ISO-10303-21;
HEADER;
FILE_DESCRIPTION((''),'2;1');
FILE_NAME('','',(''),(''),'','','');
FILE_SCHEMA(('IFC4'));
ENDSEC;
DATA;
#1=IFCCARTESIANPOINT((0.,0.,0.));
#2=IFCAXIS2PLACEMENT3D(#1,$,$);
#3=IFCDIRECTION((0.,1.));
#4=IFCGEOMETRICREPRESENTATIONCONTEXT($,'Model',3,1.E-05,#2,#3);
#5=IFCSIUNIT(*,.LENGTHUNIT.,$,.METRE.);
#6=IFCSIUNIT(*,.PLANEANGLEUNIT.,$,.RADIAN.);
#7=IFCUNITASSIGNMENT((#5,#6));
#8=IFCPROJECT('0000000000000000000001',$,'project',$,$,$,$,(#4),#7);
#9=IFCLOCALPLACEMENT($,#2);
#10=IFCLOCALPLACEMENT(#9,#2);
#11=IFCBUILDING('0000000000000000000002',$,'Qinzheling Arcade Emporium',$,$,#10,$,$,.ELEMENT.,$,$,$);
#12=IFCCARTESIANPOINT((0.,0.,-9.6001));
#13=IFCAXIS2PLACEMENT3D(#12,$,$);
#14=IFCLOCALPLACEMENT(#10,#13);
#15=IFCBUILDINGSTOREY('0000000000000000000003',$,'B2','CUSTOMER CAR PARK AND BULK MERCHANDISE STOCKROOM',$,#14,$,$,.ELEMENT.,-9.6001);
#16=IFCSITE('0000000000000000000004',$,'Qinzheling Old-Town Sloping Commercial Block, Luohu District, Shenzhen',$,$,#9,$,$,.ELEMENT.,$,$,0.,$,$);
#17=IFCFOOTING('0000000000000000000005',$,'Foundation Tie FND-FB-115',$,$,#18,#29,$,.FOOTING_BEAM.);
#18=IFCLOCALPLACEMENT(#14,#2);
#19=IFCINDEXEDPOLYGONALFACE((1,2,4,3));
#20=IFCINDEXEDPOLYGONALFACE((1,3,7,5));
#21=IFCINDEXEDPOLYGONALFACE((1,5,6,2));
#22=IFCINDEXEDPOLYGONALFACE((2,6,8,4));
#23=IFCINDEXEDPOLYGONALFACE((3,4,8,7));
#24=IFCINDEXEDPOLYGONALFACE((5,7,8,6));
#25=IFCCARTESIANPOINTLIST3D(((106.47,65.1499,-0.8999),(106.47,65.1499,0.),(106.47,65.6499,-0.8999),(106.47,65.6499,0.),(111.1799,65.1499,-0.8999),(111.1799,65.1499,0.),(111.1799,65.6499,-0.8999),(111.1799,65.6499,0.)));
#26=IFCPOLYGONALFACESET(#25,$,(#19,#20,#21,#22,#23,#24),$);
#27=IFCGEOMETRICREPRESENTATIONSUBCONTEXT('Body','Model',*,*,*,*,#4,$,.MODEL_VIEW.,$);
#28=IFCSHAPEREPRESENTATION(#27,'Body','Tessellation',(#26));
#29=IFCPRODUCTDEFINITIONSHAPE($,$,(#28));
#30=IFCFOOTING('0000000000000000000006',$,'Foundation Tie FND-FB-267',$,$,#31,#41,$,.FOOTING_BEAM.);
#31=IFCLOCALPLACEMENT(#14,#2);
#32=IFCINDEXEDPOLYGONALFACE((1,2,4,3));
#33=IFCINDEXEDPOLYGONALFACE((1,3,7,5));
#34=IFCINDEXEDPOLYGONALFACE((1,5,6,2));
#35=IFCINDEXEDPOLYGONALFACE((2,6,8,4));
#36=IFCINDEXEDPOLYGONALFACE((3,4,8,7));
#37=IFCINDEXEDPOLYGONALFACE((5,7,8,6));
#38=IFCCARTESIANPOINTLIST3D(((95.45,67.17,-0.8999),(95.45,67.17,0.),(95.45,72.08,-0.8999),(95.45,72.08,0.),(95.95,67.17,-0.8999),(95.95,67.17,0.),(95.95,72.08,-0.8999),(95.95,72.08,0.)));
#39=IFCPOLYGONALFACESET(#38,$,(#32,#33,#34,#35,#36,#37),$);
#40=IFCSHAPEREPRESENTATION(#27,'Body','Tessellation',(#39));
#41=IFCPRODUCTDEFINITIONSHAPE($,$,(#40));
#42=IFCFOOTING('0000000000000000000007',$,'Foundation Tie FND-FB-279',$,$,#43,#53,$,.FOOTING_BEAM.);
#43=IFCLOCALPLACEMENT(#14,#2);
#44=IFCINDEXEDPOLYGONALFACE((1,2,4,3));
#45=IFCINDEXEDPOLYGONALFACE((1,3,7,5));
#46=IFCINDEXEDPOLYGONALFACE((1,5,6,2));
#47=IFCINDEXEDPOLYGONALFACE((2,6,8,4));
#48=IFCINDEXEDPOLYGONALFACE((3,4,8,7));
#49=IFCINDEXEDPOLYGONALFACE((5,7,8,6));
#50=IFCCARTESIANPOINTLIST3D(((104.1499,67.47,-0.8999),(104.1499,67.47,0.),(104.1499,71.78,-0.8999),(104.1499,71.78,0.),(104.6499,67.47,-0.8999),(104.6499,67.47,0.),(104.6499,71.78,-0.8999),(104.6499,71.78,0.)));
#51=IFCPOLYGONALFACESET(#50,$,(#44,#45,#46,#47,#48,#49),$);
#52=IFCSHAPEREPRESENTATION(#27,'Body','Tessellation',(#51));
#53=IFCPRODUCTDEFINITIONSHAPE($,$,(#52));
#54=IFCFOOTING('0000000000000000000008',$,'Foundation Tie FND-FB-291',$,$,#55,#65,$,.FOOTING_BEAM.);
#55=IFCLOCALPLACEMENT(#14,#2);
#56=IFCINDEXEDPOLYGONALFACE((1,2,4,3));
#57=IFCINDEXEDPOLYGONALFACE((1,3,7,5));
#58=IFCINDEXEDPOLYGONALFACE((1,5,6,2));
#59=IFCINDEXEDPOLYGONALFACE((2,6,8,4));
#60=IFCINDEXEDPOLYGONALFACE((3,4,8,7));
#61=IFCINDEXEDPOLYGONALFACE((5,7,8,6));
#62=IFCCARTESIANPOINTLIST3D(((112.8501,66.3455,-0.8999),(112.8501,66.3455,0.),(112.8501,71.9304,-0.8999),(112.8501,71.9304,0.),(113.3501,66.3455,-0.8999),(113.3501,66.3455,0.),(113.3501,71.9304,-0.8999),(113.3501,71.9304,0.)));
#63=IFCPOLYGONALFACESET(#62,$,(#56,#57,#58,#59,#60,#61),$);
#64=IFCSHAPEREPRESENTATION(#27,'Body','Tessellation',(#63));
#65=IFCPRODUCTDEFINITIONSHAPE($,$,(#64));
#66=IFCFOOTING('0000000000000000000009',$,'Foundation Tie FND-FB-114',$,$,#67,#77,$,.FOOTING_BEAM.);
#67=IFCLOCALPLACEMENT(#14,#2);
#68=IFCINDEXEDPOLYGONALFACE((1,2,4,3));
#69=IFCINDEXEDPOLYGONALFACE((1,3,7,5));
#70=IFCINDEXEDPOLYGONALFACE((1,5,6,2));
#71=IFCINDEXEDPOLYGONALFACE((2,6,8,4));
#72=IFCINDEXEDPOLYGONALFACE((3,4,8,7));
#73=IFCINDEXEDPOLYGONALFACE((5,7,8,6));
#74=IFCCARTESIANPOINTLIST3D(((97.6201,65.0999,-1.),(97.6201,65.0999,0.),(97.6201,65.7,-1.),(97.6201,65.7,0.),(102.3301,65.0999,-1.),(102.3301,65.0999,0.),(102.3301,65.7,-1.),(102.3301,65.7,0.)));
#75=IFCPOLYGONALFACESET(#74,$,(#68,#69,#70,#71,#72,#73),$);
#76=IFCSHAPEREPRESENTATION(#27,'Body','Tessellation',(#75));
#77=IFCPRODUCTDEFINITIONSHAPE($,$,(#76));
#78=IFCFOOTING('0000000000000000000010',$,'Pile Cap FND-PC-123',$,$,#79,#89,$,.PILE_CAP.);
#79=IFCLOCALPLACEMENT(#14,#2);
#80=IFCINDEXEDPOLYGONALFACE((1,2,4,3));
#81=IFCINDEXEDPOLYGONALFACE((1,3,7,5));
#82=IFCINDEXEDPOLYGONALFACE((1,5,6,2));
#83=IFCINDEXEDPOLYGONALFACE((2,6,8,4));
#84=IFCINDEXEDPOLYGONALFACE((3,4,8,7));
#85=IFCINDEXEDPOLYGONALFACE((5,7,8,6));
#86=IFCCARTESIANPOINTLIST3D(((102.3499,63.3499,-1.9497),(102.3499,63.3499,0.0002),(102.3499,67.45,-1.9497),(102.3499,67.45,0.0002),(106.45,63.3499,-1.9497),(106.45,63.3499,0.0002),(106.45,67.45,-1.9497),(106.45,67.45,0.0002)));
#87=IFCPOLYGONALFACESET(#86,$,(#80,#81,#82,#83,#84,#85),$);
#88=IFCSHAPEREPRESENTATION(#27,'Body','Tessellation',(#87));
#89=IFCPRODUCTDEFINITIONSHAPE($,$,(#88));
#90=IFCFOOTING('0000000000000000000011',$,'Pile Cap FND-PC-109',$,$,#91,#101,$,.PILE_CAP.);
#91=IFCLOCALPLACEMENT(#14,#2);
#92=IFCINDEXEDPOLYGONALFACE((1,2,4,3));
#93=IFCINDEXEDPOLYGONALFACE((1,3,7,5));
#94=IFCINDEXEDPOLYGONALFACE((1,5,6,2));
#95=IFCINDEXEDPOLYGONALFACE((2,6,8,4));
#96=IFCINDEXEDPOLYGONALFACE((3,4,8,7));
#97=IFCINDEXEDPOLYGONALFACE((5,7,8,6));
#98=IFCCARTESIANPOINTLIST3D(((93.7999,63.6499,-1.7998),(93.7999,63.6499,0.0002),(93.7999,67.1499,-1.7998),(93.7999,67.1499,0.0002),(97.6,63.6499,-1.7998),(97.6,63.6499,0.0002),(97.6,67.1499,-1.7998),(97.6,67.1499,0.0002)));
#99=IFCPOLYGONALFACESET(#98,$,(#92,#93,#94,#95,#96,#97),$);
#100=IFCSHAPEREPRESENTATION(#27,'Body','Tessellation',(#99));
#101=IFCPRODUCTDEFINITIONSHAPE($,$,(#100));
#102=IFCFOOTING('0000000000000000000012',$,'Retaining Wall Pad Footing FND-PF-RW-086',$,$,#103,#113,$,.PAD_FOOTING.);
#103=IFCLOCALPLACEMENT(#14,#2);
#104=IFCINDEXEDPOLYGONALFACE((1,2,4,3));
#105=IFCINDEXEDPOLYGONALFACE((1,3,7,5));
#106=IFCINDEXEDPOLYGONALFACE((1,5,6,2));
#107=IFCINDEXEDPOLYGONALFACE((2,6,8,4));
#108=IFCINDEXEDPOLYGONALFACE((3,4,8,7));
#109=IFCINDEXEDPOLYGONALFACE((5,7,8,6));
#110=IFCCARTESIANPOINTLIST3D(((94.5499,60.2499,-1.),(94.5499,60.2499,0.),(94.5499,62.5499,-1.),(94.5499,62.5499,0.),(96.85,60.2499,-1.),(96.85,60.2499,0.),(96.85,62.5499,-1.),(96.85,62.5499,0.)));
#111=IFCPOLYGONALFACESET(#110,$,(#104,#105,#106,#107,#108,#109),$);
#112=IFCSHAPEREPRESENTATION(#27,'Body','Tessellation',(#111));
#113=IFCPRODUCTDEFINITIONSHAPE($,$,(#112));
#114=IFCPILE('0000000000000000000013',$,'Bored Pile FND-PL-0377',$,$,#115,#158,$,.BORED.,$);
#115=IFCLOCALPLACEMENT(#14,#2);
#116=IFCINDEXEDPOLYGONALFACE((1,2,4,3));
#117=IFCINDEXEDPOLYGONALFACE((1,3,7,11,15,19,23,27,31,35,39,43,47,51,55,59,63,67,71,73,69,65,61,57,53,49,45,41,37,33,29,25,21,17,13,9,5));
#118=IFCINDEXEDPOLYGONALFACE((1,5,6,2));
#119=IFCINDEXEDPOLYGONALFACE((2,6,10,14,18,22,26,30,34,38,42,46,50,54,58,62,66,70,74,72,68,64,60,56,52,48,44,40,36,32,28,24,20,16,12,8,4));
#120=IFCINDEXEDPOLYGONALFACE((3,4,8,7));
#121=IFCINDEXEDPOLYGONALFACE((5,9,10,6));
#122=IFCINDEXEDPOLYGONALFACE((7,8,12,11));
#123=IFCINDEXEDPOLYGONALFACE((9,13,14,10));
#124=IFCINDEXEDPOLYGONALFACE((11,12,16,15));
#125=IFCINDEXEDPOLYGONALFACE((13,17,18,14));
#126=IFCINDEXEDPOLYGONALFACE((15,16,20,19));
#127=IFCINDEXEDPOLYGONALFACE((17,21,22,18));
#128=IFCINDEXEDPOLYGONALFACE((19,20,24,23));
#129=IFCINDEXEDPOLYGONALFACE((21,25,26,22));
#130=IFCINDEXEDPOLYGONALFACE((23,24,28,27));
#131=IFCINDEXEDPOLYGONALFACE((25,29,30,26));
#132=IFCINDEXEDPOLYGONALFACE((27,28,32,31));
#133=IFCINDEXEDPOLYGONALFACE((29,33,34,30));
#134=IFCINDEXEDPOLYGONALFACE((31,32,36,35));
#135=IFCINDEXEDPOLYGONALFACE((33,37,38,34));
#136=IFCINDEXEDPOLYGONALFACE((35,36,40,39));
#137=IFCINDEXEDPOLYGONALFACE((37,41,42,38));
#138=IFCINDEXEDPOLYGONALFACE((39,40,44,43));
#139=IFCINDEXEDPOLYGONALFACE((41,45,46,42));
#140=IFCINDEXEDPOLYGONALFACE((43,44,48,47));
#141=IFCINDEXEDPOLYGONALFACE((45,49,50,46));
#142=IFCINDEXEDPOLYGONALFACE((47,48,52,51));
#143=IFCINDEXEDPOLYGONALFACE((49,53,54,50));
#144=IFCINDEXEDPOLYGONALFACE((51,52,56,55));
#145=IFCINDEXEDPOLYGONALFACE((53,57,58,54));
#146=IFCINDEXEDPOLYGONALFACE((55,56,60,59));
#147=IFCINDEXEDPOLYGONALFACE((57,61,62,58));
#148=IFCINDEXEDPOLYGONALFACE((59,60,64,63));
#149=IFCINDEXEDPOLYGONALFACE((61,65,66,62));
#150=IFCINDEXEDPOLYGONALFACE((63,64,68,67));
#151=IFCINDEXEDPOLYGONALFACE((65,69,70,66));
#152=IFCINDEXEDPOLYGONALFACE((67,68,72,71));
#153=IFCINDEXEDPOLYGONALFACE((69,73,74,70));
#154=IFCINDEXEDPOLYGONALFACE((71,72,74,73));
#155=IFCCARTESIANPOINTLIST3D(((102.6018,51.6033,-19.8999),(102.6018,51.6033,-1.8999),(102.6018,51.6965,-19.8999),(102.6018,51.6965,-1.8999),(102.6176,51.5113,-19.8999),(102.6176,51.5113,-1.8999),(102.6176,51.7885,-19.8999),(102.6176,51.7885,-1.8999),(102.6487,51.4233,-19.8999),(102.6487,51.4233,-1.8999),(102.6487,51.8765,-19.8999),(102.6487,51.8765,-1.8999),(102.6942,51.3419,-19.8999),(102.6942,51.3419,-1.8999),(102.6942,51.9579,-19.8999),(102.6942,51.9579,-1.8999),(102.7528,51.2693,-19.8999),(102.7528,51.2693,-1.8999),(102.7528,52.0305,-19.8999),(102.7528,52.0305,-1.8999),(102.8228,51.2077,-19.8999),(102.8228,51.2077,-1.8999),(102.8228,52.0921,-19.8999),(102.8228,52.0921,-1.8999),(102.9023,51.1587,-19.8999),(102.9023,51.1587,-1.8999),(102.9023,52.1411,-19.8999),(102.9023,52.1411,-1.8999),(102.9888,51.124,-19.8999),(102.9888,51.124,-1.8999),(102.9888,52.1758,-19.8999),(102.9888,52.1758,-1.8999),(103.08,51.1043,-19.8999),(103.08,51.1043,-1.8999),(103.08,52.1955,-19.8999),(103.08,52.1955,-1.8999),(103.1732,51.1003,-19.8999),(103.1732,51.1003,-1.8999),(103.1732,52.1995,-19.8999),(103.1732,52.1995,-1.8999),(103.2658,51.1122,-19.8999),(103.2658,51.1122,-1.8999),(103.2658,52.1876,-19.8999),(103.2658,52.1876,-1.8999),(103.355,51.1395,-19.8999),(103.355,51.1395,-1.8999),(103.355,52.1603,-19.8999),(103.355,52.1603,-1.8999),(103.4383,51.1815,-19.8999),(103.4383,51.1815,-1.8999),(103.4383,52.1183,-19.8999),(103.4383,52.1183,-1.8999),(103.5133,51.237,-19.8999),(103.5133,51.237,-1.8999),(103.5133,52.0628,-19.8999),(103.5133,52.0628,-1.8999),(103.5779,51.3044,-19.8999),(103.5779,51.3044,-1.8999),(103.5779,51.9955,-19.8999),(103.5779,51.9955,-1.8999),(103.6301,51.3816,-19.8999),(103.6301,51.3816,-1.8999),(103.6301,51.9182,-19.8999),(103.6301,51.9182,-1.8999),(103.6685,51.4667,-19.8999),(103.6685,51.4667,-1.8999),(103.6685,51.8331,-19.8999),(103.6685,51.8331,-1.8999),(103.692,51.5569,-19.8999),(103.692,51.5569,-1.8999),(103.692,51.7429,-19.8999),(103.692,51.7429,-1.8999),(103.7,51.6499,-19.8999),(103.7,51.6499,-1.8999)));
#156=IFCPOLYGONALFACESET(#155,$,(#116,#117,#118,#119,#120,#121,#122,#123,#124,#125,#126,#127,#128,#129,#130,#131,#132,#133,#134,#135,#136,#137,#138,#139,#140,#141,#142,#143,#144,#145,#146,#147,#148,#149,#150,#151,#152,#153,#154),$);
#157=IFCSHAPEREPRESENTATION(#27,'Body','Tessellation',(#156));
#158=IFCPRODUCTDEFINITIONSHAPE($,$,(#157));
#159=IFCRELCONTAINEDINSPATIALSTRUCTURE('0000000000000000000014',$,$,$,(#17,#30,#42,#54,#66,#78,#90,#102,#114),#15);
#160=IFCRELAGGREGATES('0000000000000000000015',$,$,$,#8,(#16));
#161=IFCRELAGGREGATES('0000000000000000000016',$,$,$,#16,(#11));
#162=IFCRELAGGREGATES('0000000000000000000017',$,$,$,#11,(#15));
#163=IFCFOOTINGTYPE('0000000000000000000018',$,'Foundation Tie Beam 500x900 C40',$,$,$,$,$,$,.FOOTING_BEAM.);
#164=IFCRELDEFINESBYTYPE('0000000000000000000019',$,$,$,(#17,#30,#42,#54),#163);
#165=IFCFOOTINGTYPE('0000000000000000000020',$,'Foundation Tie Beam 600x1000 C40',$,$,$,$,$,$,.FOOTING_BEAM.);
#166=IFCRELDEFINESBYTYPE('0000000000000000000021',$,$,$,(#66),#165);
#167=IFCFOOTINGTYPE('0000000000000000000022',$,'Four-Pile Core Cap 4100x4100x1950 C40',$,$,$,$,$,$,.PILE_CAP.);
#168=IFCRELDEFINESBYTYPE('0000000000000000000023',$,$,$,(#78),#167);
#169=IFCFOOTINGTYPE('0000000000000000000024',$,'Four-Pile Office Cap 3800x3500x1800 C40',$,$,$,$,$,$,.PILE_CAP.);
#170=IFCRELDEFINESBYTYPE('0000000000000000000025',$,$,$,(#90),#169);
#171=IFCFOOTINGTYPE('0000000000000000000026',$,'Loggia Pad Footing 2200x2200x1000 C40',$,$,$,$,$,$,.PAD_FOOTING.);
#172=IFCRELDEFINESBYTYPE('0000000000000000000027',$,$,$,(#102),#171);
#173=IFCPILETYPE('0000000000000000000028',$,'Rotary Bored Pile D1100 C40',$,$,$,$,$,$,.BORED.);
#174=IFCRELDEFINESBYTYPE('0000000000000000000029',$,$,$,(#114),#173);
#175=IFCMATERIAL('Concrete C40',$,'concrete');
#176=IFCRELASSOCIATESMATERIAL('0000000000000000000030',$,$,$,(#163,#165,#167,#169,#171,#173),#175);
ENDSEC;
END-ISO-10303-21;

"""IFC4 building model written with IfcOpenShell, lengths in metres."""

from ifc_helpers import new_model, si_unit, direction, frame, origin, origin_2d, place, context, subcontext, project, spatial, rectangle, circle, extrude, material, material_profile, profile_set, type_object, element, save


model = new_model("IFC4")

# Units and contexts
model_context = context("Model", 3, precision=1e-05, world=origin(), true_north=direction((0.0, 1.0)))
body_context = subcontext(model_context, "Body", "Model", "MODEL_VIEW")
ifc_project = project(units=[si_unit("LENGTHUNIT", "METRE"), si_unit("PLANEANGLEUNIT", "RADIAN")], contexts=[model_context])

# Site, building, storey
site_placement = place(None, origin())
site = spatial("IfcSite", under=ifc_project, at=site_placement, Name="Qinzheling Old-Town Sloping Commercial Block, Luohu District, Shenzhen", CompositionType="ELEMENT", RefElevation=0.0)
building_placement = place(site_placement, origin())
building = spatial("IfcBuilding", under=site, at=building_placement, Name="Qinzheling Arcade Emporium", CompositionType="ELEMENT")
storey_placement = place(building_placement, frame((0.0, 0.0, -9.6001)))
storey = spatial("IfcBuildingStorey", under=building, at=storey_placement, Name="B2", Description="CUSTOMER CAR PARK AND BULK MERCHANDISE STOCKROOM", CompositionType="ELEMENT", Elevation=-9.6001)

# Footings
ifc_material_1 = material(Name="Concrete C40", Category="concrete")
footing_type_1 = type_object("IfcFootingType", Name="Foundation Tie Beam 500x900 C40", PredefinedType="FOOTING_BEAM", material=ifc_material_1)
footing_1_placement = place(storey_placement, frame((108.825, 65.3999, -0.8999), z_axis=(0.0, 0.0, 1.0), x_axis=(1.0, 0.0, 0.0)))
element("IfcFooting", 1, at=footing_1_placement, inside=storey, type_object=footing_type_1, Name="Foundation Tie FND-FB-115", PredefinedType="FOOTING_BEAM", context=body_context, shape_type="SweptSolid", body=[
    extrude(rectangle(XDim=4.71, YDim=0.5, at=origin_2d()), origin(), (0.0, 0.0, 1.0), 0.8999),
])
footing_2_placement = place(storey_placement, frame((95.7, 69.625, -0.8999), z_axis=(0.0, 0.0, 1.0), x_axis=(1.0, 0.0, 0.0)))
element("IfcFooting", 2, at=footing_2_placement, inside=storey, type_object=footing_type_1, Name="Foundation Tie FND-FB-267", PredefinedType="FOOTING_BEAM", context=body_context, shape_type="SweptSolid", body=[
    extrude(rectangle(XDim=0.5, YDim=4.9099, at=origin_2d()), origin(), (0.0, 0.0, 1.0), 0.8999),
])
footing_3_placement = place(storey_placement, frame((104.3999, 69.625, -0.8999), z_axis=(0.0, 0.0, 1.0), x_axis=(1.0, 0.0, 0.0)))
element("IfcFooting", 3, at=footing_3_placement, inside=storey, type_object=footing_type_1, Name="Foundation Tie FND-FB-279", PredefinedType="FOOTING_BEAM", context=body_context, shape_type="SweptSolid", body=[
    extrude(rectangle(XDim=0.5, YDim=4.3101, at=origin_2d()), origin(), (0.0, 0.0, 1.0), 0.8999),
])
footing_4_placement = place(storey_placement, frame((113.1001, 69.1379, -0.8999), z_axis=(0.0, 0.0, 1.0), x_axis=(1.0, 0.0, 0.0)))
element("IfcFooting", 4, at=footing_4_placement, inside=storey, type_object=footing_type_1, Name="Foundation Tie FND-FB-291", PredefinedType="FOOTING_BEAM", context=body_context, shape_type="SweptSolid", body=[
    extrude(rectangle(XDim=0.5, YDim=5.585, at=origin_2d()), origin(), (0.0, 0.0, 1.0), 0.8999),
])
footing_type_2 = type_object("IfcFootingType", Name="Foundation Tie Beam 600x1000 C40", PredefinedType="FOOTING_BEAM", material=ifc_material_1)
footing_5_placement = place(storey_placement, frame((99.9751, 65.3999, -1.0), z_axis=(0.0, 0.0, 1.0), x_axis=(1.0, 0.0, 0.0)))
element("IfcFooting", 5, at=footing_5_placement, inside=storey, type_object=footing_type_2, Name="Foundation Tie FND-FB-114", PredefinedType="FOOTING_BEAM", context=body_context, shape_type="SweptSolid", body=[
    extrude(rectangle(XDim=4.71, YDim=0.6001, at=origin_2d()), origin(), (0.0, 0.0, 1.0), 1.0),
])
footing_type_3 = type_object("IfcFootingType", Name="Four-Pile Core Cap 4100x4100x1950 C40", PredefinedType="PILE_CAP", material=ifc_material_1)
footing_6_placement = place(storey_placement, frame((104.3999, 65.3999, -1.9497), z_axis=(0.0, 0.0, 1.0), x_axis=(1.0, 0.0, 0.0)))
element("IfcFooting", 6, at=footing_6_placement, inside=storey, type_object=footing_type_3, Name="Pile Cap FND-PC-123", PredefinedType="PILE_CAP", context=body_context, shape_type="SweptSolid", body=[
    extrude(rectangle(XDim=4.1001, YDim=4.1001, at=origin_2d()), origin(), (0.0, 0.0, 1.0), 1.95),
])
footing_type_4 = type_object("IfcFootingType", Name="Four-Pile Office Cap 3800x3500x1800 C40", PredefinedType="PILE_CAP", material=ifc_material_1)
footing_7_placement = place(storey_placement, frame((95.7, 65.3999, -1.7998), z_axis=(0.0, 0.0, 1.0), x_axis=(1.0, 0.0, 0.0)))
element("IfcFooting", 7, at=footing_7_placement, inside=storey, type_object=footing_type_4, Name="Pile Cap FND-PC-109", PredefinedType="PILE_CAP", context=body_context, shape_type="SweptSolid", body=[
    extrude(rectangle(XDim=3.8, YDim=3.5, at=origin_2d()), origin(), (0.0, 0.0, 1.0), 1.8),
])
footing_type_5 = type_object("IfcFootingType", Name="Loggia Pad Footing 2200x2200x1000 C40", PredefinedType="PAD_FOOTING", material=ifc_material_1)
footing_8_placement = place(storey_placement, frame((95.7, 61.3999, -1.0), z_axis=(0.0, 0.0, 1.0), x_axis=(1.0, 0.0, 0.0)))
element("IfcFooting", 8, at=footing_8_placement, inside=storey, type_object=footing_type_5, Name="Retaining Wall Pad Footing FND-PF-RW-086", PredefinedType="PAD_FOOTING", context=body_context, shape_type="SweptSolid", body=[
    extrude(rectangle(XDim=2.3, YDim=2.3, at=origin_2d()), origin(), (0.0, 0.0, 1.0), 1.0),
])

# Pile
ifc_material_profile_1 = material_profile(ifc_material_1, circle(Radius=0.55, at=origin_2d()), Name="BORED D1100", Category="concrete")
ifc_profile_set_1 = profile_set([ifc_material_profile_1], Name="Concrete C40")
pile_type_1 = type_object("IfcPileType", Name="Rotary Bored Pile D1100 C40", PredefinedType="BORED", material=ifc_profile_set_1)
for number, where, z_axis, x_axis, name in (
    (9, (103.1499, 51.6499, -1.8999), (0.0, 0.0, -1.0), (1.0, 0.0, 0.0), "Bored Pile FND-PL-0377"),
):
    element("IfcPile", number, at=place(storey_placement, frame(where, z_axis=z_axis, x_axis=x_axis)), inside=storey, type_object=pile_type_1, Name=name, PredefinedType="BORED", context=body_context, shape_type="SweptSolid", body=[
        extrude(circle(Radius=0.55, at=origin_2d()), origin(), (0.0, 0.0, 1.0), 18.0),
    ])

save(model, "model.ifc")
